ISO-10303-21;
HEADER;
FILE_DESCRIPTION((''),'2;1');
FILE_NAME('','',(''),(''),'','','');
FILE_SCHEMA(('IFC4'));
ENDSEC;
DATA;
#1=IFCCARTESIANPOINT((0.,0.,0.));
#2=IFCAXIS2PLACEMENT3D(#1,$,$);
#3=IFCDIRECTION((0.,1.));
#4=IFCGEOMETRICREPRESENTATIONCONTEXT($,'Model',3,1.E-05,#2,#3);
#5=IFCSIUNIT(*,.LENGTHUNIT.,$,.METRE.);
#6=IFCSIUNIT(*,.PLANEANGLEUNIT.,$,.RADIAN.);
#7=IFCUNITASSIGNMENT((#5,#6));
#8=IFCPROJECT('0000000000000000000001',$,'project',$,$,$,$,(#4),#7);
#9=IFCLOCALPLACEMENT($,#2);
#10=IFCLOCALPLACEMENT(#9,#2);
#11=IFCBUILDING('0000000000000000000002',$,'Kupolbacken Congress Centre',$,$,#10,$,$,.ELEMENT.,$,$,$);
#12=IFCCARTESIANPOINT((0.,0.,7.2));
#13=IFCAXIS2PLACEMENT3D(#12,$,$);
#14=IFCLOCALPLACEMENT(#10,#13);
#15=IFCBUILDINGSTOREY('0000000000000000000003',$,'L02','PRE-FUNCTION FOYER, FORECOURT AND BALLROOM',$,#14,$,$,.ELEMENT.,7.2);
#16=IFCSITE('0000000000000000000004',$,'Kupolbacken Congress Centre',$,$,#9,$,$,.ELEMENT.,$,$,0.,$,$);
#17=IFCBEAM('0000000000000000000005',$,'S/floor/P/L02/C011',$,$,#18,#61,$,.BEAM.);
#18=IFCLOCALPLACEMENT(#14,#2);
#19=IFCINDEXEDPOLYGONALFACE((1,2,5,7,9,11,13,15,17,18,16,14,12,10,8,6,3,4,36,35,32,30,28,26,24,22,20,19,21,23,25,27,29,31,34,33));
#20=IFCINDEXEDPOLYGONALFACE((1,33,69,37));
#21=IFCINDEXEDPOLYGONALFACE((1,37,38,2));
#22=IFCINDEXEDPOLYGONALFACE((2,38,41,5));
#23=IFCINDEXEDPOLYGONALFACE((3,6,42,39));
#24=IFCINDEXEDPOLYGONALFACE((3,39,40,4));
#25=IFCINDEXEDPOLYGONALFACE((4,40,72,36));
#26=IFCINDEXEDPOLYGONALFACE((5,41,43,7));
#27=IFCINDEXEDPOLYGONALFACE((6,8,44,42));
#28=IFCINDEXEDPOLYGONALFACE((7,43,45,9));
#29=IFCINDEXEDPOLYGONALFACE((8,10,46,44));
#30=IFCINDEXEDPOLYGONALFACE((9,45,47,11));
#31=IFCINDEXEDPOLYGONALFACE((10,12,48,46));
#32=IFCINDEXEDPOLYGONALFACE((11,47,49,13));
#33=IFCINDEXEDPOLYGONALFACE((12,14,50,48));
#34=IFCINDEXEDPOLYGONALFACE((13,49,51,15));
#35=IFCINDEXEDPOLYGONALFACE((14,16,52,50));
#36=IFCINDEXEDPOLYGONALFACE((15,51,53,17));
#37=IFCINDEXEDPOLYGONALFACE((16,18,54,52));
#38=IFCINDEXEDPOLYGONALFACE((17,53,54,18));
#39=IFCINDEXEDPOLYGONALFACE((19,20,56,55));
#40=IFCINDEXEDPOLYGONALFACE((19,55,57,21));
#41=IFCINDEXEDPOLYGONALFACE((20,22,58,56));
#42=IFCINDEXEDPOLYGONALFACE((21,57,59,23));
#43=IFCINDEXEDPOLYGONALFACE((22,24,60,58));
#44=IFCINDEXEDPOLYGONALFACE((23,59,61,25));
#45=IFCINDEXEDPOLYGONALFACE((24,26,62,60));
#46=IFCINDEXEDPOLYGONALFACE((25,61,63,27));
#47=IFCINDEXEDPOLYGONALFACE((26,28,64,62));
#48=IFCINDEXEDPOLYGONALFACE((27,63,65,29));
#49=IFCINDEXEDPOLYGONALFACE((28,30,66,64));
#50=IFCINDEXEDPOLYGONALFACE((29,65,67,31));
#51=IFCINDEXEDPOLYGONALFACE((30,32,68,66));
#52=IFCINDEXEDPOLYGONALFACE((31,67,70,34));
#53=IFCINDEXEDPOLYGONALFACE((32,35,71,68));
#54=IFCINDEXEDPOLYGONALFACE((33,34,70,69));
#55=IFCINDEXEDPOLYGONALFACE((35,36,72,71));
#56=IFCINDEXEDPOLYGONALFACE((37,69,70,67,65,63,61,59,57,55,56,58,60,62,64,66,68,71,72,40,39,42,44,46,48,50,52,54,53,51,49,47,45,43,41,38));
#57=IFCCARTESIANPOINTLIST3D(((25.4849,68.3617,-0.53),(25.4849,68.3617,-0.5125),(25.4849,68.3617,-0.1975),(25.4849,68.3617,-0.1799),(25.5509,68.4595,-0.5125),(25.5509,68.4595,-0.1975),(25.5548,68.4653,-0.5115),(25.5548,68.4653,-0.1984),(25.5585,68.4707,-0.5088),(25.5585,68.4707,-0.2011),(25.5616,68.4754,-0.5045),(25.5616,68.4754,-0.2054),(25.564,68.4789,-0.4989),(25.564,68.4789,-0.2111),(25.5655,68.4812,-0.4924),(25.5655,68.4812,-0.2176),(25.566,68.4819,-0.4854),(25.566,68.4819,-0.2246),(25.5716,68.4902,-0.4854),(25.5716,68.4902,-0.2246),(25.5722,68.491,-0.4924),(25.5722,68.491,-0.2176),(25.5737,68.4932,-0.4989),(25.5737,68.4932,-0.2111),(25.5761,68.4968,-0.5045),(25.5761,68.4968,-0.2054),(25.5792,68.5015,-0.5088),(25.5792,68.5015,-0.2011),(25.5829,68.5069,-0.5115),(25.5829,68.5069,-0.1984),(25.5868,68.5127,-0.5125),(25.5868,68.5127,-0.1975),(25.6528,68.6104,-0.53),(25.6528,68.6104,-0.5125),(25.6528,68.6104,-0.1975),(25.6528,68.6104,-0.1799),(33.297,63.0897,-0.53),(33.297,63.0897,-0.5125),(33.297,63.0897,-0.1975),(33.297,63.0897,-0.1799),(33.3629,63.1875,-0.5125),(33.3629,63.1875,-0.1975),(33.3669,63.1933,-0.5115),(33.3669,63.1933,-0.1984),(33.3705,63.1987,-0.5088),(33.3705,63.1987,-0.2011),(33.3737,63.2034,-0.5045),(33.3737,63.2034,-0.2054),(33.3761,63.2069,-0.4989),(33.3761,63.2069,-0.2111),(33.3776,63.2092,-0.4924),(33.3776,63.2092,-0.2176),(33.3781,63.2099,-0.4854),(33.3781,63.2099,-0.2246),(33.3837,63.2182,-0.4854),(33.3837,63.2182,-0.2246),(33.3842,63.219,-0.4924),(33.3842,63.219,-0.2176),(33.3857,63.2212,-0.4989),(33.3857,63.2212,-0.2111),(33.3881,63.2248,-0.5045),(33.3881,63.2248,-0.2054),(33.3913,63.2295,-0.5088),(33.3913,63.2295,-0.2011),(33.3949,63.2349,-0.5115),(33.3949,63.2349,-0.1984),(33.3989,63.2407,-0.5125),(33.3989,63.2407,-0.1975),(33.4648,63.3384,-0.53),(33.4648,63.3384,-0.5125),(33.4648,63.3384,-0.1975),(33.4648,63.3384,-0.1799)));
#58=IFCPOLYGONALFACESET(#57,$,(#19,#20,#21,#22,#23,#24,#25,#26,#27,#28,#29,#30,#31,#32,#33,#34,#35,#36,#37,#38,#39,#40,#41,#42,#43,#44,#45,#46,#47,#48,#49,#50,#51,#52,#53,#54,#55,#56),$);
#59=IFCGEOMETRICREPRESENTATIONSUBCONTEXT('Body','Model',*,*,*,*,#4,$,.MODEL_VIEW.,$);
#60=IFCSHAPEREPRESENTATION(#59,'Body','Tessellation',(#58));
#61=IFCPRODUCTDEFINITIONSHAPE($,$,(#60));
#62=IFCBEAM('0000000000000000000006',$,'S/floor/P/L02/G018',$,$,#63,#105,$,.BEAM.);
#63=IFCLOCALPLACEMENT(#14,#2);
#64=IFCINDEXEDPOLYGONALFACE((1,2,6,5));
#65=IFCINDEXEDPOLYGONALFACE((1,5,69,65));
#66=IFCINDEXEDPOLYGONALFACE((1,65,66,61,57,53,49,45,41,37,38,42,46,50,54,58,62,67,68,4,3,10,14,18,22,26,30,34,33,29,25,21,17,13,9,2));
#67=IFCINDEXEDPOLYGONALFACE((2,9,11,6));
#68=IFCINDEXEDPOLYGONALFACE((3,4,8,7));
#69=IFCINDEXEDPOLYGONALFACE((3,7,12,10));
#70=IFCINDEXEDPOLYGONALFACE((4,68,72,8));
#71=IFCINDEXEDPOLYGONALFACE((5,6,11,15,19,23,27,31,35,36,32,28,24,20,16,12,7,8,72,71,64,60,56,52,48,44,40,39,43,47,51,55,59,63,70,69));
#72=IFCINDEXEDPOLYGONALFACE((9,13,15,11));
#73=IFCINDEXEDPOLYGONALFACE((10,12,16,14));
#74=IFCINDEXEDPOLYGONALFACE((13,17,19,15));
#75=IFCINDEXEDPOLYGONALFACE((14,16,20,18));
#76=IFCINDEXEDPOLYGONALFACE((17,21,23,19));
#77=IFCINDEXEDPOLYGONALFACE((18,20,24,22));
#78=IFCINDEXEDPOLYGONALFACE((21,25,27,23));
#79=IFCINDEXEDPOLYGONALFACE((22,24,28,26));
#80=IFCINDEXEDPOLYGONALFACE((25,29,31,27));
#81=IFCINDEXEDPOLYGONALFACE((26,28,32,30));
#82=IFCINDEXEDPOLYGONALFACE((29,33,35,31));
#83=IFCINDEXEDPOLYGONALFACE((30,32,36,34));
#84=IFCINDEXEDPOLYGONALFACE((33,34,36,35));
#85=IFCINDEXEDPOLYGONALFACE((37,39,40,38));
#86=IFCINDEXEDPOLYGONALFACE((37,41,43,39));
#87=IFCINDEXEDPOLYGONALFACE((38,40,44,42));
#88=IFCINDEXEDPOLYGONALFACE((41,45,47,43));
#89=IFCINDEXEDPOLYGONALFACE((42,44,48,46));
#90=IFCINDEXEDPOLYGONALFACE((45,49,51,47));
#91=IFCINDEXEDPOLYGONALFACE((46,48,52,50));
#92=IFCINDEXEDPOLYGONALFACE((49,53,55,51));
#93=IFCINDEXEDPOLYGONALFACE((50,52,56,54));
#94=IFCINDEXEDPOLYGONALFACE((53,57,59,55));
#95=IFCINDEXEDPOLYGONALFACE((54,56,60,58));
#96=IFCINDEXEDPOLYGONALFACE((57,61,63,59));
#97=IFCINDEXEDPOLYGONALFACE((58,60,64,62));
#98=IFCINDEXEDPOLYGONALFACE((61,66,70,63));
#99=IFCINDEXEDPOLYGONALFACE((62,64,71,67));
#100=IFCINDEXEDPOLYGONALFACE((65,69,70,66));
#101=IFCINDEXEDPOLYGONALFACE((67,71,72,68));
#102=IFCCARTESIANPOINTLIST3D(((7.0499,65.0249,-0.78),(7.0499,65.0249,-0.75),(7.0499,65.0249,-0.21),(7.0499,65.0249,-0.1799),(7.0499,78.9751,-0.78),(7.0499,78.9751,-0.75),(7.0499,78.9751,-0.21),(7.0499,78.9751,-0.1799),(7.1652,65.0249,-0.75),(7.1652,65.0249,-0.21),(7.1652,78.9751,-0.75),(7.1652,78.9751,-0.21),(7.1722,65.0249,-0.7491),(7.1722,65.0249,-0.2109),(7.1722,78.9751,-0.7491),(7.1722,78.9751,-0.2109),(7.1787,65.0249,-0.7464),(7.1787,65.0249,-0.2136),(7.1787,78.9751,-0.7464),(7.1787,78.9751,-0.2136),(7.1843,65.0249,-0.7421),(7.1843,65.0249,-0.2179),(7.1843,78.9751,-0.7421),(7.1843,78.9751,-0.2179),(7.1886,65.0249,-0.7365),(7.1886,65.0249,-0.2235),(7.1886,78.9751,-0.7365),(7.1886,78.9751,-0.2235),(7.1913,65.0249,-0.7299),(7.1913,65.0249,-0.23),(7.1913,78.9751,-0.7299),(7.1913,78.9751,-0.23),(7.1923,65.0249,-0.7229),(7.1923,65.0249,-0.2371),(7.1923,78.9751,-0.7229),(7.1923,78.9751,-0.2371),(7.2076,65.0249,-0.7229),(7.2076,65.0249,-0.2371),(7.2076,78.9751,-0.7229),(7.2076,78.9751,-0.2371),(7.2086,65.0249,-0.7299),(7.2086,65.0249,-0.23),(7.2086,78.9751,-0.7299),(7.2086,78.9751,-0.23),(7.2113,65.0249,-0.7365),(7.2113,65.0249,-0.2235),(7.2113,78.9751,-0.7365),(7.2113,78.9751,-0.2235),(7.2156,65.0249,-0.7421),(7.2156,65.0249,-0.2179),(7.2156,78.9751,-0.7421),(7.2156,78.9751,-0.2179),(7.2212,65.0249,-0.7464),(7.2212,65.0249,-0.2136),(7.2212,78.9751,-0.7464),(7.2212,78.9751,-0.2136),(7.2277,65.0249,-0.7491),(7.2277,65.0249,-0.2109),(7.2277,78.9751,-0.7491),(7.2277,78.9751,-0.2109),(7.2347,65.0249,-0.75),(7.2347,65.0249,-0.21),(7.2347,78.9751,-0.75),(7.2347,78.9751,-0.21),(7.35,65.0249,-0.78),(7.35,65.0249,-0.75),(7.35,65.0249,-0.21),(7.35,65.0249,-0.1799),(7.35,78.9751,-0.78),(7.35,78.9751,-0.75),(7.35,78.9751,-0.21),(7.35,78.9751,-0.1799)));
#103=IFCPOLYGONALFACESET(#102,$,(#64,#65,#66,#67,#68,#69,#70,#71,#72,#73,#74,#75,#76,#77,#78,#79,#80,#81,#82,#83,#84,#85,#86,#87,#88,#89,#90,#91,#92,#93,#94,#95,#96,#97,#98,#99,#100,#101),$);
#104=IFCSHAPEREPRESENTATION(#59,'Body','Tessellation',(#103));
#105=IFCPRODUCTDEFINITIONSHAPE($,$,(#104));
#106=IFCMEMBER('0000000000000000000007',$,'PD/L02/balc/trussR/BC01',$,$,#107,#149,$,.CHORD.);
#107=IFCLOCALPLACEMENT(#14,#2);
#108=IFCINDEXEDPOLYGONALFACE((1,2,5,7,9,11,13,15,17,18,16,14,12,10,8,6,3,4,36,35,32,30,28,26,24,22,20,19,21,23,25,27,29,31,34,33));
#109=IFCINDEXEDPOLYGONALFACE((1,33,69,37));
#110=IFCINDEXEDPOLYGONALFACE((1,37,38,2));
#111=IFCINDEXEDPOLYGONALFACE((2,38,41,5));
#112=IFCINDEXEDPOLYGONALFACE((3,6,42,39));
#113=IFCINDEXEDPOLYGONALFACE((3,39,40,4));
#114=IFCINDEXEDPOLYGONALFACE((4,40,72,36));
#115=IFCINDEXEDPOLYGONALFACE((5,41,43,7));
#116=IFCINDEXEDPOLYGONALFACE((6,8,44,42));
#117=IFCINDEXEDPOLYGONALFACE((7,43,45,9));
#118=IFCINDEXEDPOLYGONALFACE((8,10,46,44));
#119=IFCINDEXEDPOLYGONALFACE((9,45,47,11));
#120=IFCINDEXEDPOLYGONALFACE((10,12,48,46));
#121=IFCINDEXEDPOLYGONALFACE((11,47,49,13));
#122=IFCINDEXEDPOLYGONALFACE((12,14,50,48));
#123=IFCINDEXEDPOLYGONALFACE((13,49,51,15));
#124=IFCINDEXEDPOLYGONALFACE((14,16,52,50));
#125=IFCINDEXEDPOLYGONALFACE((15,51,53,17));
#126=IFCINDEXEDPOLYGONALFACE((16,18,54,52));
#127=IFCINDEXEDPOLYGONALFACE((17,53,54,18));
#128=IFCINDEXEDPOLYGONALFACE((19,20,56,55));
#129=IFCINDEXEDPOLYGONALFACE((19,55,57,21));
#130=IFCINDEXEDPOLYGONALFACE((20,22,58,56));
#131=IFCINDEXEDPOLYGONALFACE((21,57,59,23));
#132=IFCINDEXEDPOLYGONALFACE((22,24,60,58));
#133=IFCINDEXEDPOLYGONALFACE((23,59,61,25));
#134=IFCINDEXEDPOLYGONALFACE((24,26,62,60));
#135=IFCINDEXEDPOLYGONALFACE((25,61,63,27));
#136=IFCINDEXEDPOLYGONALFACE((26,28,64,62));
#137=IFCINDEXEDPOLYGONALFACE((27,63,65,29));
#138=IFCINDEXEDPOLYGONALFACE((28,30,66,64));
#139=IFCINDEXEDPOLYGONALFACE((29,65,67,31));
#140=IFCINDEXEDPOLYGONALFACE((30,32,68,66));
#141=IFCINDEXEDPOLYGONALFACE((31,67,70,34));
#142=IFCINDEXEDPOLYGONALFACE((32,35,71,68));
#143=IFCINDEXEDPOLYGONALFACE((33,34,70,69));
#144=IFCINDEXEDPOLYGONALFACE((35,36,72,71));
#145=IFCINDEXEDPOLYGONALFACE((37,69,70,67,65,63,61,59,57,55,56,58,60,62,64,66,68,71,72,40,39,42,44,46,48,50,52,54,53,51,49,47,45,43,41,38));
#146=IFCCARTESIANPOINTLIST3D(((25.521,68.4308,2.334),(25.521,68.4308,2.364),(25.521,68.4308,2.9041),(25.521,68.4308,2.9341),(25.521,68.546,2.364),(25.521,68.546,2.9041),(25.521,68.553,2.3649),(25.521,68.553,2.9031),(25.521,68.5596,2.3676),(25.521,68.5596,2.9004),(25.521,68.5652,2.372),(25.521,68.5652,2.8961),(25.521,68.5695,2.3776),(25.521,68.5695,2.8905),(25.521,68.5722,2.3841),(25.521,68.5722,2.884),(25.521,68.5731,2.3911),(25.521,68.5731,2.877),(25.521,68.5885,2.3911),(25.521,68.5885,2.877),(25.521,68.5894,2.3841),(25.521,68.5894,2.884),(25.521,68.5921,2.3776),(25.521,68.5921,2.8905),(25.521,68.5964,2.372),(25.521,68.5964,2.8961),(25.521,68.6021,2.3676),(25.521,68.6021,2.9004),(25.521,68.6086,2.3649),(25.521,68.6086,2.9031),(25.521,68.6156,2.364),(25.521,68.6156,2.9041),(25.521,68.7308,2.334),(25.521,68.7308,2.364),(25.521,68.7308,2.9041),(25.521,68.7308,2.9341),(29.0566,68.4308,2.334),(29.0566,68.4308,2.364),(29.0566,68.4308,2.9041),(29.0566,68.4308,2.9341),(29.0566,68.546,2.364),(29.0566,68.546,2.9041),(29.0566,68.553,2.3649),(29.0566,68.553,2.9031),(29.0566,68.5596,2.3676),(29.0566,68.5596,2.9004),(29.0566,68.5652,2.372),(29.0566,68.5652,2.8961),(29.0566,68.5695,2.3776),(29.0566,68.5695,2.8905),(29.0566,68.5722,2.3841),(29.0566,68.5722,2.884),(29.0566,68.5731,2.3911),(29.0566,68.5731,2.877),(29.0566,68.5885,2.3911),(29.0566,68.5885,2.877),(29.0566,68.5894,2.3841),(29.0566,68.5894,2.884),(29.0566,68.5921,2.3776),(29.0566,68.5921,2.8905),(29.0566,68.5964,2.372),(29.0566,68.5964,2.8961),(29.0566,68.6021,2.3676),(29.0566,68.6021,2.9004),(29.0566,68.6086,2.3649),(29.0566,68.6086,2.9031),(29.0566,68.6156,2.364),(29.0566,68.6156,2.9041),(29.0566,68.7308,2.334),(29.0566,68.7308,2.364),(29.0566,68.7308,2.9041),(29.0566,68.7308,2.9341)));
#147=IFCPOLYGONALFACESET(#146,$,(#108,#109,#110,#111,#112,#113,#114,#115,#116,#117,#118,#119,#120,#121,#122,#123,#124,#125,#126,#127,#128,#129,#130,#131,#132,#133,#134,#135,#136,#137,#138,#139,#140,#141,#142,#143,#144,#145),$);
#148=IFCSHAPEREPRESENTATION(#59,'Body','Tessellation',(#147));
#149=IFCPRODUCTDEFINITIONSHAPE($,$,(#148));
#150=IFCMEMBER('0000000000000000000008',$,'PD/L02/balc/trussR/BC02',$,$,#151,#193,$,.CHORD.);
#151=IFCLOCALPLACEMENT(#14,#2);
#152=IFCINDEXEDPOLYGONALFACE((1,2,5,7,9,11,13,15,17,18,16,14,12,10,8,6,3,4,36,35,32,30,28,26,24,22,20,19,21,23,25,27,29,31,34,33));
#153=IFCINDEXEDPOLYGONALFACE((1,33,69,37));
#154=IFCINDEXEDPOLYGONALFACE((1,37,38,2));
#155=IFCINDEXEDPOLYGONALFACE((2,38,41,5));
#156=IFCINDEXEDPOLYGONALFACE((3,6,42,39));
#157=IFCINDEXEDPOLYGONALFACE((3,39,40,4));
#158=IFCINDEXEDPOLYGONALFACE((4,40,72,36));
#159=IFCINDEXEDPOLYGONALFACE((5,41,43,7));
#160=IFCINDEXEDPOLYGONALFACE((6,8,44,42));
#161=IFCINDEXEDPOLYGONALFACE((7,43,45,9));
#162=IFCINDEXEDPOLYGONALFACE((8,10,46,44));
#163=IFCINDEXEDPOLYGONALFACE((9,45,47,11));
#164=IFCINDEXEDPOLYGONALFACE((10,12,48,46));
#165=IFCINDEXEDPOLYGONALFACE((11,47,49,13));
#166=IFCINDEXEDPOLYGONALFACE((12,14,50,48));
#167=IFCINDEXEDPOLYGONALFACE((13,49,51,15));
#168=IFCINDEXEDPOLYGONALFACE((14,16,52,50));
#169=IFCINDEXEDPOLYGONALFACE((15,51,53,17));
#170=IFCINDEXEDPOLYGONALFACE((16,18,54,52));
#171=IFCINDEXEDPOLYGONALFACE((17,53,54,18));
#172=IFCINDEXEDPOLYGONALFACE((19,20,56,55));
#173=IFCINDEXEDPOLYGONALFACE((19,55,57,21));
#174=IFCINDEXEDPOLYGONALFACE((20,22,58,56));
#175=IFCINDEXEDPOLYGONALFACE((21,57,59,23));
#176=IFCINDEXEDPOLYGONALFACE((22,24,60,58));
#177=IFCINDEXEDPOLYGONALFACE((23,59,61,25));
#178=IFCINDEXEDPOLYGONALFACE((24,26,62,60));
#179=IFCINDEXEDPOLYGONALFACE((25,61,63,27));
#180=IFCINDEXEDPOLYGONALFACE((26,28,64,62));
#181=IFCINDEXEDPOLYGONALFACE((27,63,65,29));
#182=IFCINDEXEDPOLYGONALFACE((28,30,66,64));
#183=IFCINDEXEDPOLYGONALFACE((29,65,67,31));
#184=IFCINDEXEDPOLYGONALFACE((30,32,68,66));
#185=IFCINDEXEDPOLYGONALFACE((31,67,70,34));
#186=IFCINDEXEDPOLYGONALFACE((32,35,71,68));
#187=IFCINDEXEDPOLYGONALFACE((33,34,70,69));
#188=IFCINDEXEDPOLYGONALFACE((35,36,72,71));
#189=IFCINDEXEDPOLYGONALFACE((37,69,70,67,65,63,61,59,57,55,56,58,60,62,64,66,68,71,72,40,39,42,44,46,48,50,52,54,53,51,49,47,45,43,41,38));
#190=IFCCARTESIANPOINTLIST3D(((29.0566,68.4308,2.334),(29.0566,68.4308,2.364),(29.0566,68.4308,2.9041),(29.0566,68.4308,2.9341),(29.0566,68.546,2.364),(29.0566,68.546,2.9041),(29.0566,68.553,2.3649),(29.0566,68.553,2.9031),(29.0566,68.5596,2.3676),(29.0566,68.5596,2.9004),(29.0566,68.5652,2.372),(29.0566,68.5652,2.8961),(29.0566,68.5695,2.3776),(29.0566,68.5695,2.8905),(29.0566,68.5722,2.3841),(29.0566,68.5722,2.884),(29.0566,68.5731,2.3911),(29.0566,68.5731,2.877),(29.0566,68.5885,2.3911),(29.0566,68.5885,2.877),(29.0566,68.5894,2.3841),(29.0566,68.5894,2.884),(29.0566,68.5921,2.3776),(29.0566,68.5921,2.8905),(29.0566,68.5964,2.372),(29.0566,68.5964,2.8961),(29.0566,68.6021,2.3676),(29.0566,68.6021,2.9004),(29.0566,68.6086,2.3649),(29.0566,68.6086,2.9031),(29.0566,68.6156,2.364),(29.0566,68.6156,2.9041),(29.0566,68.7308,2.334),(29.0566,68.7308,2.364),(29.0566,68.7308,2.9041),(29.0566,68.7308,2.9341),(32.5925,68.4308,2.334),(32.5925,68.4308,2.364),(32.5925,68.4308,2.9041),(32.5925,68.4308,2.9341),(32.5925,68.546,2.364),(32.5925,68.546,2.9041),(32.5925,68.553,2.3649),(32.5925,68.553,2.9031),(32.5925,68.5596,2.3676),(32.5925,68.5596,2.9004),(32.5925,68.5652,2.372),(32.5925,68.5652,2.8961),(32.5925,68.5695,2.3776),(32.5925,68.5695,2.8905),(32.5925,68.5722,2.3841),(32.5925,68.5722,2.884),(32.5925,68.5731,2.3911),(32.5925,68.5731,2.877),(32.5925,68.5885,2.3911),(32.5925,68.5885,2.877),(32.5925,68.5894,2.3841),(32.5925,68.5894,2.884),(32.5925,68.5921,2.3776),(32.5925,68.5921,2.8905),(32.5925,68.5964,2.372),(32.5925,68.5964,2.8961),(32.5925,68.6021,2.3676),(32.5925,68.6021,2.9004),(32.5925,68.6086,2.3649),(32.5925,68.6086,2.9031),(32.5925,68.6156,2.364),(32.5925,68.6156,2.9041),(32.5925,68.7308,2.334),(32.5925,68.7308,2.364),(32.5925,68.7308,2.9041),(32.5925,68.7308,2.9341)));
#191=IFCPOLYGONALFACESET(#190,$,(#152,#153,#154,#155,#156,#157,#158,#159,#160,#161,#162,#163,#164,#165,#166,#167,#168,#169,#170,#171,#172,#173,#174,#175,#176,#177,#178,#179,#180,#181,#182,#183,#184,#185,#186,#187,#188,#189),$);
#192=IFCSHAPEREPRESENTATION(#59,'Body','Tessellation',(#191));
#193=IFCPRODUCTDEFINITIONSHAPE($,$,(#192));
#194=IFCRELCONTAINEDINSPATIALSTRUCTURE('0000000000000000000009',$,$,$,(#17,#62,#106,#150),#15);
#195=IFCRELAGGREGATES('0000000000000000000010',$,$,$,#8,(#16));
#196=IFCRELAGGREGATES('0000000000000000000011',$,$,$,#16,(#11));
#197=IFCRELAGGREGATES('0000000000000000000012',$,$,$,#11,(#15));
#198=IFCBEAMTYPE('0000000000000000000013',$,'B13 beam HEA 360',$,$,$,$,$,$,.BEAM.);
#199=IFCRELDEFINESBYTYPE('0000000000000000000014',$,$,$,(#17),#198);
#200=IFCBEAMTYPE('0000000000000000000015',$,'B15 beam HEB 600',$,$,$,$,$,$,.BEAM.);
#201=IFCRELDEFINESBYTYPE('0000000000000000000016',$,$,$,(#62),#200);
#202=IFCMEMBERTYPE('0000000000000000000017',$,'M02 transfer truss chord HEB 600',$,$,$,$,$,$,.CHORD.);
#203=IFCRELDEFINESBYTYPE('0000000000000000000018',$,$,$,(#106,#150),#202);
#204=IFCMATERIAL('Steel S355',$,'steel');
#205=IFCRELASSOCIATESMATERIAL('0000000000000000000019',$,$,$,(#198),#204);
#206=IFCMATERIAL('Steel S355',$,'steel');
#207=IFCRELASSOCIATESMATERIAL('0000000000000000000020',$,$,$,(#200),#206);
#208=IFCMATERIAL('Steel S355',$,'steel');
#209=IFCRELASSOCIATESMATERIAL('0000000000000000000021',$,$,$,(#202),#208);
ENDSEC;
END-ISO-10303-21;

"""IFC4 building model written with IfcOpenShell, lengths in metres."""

from ifc_helpers import new_model, si_unit, direction, frame, origin, origin_2d, place, context, subcontext, project, spatial, i_section, extrude, material, material_profile, profile_set, type_object, element, save


model = new_model("IFC4")

# Units and contexts
model_context = context("Model", 3, precision=1e-05, world=origin(), true_north=direction((0.0, 1.0)))
body_context = subcontext(model_context, "Body", "Model", "MODEL_VIEW")
ifc_project = project(units=[si_unit("LENGTHUNIT", "METRE"), si_unit("PLANEANGLEUNIT", "RADIAN")], contexts=[model_context])

# Site, building, storey
site_placement = place(None, origin())
site = spatial("IfcSite", under=ifc_project, at=site_placement, Name="Kupolbacken Congress Centre", CompositionType="ELEMENT", RefElevation=0.0)
building_placement = place(site_placement, origin())
building = spatial("IfcBuilding", under=site, at=building_placement, Name="Kupolbacken Congress Centre", CompositionType="ELEMENT")
storey_placement = place(building_placement, frame((0.0, 0.0, 7.2)))
storey = spatial("IfcBuildingStorey", under=building, at=storey_placement, Name="L02", Description="PRE-FUNCTION FOYER, FORECOURT AND BALLROOM", CompositionType="ELEMENT", Elevation=7.2)

# Beams
ifc_material_1 = material(Name="Steel S355", Category="steel")
ifc_material_profile_1 = material_profile(ifc_material_1, i_section(OverallWidth=0.3, OverallDepth=0.3501, WebThickness=0.01, FlangeThickness=0.0176, FilletRadius=0.0271, at=origin_2d()), Name="HEA 360")
ifc_profile_set_1 = profile_set([ifc_material_profile_1], Name="Steel S355")
beam_type_1 = type_object("IfcBeamType", Name="B13 beam HEA 360", PredefinedType="BEAM", material=ifc_profile_set_1)
beam_1_placement = place(storey_placement, frame((25.5688, 68.4861, -0.355), z_axis=(0.828905, -0.55939, 0.0), x_axis=(0.55939, 0.828905, 0.0)))
element("IfcBeam", 1, at=beam_1_placement, inside=storey, type_object=beam_type_1, Name="S/floor/P/L02/C011", PredefinedType="BEAM", context=body_context, shape_type="SweptSolid", body=[
    extrude(i_section(OverallWidth=0.3, OverallDepth=0.3501, WebThickness=0.01, FlangeThickness=0.0176, FilletRadius=0.0271, at=origin_2d()), origin(), (0.0, 0.0, 1.0), 9.4246),
])
ifc_material_2 = material(Name="Steel S355", Category="steel")
ifc_material_profile_2 = material_profile(ifc_material_2, i_section(OverallWidth=0.3, OverallDepth=0.6001, WebThickness=0.0154, FlangeThickness=0.03, FilletRadius=0.0271, at=origin_2d()), Name="HEB 600")
ifc_profile_set_2 = profile_set([ifc_material_profile_2], Name="Steel S355")
beam_type_2 = type_object("IfcBeamType", Name="B15 beam HEB 600", PredefinedType="BEAM", material=ifc_profile_set_2)
beam_2_placement = place(storey_placement, frame((7.2, 65.0249, -0.48), z_axis=(0.0, 1.0, 0.0), x_axis=(-1.0, 0.0, 0.0)))
element("IfcBeam", 2, at=beam_2_placement, inside=storey, type_object=beam_type_2, Name="S/floor/P/L02/G018", PredefinedType="BEAM", context=body_context, shape_type="SweptSolid", body=[
    extrude(i_section(OverallWidth=0.3, OverallDepth=0.6001, WebThickness=0.0154, FlangeThickness=0.03, FilletRadius=0.0271, at=origin_2d()), origin(), (0.0, 0.0, 1.0), 13.9502),
])

# Members
ifc_material_3 = material(Name="Steel S355", Category="steel")
ifc_material_profile_3 = material_profile(ifc_material_3, i_section(OverallWidth=0.3, OverallDepth=0.6001, WebThickness=0.0154, FlangeThickness=0.03, FilletRadius=0.0271, at=origin_2d()), Name="HEB 600")
ifc_profile_set_3 = profile_set([ifc_material_profile_3], Name="Steel S355")
member_type_1 = type_object("IfcMemberType", Name="M02 transfer truss chord HEB 600", PredefinedType="CHORD", material=ifc_profile_set_3)
member_1_placement = place(storey_placement, frame((25.521, 68.5808, 2.634), z_axis=(1.0, 0.0, 0.0), x_axis=(0.0, 1.0, 0.0)))
element("IfcMember", 3, at=member_1_placement, inside=storey, type_object=member_type_1, Name="PD/L02/balc/trussR/BC01", PredefinedType="CHORD", context=body_context, shape_type="SweptSolid", body=[
    extrude(i_section(OverallWidth=0.3, OverallDepth=0.6001, WebThickness=0.0154, FlangeThickness=0.03, FilletRadius=0.0271, at=origin_2d()), origin(), (0.0, 0.0, 1.0), 3.5356),
])
for number, where, z_axis, x_axis, name in (
    (4, (29.0566, 68.5808, 2.634), (1.0, 0.0, 0.0), (0.0, 1.0, 0.0), "PD/L02/balc/trussR/BC02"),
):
    element("IfcMember", number, at=place(storey_placement, frame(where, z_axis=z_axis, x_axis=x_axis)), inside=storey, type_object=member_type_1, Name=name, PredefinedType="CHORD", context=body_context, shape_type="SweptSolid", body=[
        extrude(i_section(OverallWidth=0.3, OverallDepth=0.6001, WebThickness=0.0154, FlangeThickness=0.03, FilletRadius=0.0271, at=origin_2d()), origin(), (0.0, 0.0, 1.0), 3.5359),
    ])

save(model, "model.ifc")
